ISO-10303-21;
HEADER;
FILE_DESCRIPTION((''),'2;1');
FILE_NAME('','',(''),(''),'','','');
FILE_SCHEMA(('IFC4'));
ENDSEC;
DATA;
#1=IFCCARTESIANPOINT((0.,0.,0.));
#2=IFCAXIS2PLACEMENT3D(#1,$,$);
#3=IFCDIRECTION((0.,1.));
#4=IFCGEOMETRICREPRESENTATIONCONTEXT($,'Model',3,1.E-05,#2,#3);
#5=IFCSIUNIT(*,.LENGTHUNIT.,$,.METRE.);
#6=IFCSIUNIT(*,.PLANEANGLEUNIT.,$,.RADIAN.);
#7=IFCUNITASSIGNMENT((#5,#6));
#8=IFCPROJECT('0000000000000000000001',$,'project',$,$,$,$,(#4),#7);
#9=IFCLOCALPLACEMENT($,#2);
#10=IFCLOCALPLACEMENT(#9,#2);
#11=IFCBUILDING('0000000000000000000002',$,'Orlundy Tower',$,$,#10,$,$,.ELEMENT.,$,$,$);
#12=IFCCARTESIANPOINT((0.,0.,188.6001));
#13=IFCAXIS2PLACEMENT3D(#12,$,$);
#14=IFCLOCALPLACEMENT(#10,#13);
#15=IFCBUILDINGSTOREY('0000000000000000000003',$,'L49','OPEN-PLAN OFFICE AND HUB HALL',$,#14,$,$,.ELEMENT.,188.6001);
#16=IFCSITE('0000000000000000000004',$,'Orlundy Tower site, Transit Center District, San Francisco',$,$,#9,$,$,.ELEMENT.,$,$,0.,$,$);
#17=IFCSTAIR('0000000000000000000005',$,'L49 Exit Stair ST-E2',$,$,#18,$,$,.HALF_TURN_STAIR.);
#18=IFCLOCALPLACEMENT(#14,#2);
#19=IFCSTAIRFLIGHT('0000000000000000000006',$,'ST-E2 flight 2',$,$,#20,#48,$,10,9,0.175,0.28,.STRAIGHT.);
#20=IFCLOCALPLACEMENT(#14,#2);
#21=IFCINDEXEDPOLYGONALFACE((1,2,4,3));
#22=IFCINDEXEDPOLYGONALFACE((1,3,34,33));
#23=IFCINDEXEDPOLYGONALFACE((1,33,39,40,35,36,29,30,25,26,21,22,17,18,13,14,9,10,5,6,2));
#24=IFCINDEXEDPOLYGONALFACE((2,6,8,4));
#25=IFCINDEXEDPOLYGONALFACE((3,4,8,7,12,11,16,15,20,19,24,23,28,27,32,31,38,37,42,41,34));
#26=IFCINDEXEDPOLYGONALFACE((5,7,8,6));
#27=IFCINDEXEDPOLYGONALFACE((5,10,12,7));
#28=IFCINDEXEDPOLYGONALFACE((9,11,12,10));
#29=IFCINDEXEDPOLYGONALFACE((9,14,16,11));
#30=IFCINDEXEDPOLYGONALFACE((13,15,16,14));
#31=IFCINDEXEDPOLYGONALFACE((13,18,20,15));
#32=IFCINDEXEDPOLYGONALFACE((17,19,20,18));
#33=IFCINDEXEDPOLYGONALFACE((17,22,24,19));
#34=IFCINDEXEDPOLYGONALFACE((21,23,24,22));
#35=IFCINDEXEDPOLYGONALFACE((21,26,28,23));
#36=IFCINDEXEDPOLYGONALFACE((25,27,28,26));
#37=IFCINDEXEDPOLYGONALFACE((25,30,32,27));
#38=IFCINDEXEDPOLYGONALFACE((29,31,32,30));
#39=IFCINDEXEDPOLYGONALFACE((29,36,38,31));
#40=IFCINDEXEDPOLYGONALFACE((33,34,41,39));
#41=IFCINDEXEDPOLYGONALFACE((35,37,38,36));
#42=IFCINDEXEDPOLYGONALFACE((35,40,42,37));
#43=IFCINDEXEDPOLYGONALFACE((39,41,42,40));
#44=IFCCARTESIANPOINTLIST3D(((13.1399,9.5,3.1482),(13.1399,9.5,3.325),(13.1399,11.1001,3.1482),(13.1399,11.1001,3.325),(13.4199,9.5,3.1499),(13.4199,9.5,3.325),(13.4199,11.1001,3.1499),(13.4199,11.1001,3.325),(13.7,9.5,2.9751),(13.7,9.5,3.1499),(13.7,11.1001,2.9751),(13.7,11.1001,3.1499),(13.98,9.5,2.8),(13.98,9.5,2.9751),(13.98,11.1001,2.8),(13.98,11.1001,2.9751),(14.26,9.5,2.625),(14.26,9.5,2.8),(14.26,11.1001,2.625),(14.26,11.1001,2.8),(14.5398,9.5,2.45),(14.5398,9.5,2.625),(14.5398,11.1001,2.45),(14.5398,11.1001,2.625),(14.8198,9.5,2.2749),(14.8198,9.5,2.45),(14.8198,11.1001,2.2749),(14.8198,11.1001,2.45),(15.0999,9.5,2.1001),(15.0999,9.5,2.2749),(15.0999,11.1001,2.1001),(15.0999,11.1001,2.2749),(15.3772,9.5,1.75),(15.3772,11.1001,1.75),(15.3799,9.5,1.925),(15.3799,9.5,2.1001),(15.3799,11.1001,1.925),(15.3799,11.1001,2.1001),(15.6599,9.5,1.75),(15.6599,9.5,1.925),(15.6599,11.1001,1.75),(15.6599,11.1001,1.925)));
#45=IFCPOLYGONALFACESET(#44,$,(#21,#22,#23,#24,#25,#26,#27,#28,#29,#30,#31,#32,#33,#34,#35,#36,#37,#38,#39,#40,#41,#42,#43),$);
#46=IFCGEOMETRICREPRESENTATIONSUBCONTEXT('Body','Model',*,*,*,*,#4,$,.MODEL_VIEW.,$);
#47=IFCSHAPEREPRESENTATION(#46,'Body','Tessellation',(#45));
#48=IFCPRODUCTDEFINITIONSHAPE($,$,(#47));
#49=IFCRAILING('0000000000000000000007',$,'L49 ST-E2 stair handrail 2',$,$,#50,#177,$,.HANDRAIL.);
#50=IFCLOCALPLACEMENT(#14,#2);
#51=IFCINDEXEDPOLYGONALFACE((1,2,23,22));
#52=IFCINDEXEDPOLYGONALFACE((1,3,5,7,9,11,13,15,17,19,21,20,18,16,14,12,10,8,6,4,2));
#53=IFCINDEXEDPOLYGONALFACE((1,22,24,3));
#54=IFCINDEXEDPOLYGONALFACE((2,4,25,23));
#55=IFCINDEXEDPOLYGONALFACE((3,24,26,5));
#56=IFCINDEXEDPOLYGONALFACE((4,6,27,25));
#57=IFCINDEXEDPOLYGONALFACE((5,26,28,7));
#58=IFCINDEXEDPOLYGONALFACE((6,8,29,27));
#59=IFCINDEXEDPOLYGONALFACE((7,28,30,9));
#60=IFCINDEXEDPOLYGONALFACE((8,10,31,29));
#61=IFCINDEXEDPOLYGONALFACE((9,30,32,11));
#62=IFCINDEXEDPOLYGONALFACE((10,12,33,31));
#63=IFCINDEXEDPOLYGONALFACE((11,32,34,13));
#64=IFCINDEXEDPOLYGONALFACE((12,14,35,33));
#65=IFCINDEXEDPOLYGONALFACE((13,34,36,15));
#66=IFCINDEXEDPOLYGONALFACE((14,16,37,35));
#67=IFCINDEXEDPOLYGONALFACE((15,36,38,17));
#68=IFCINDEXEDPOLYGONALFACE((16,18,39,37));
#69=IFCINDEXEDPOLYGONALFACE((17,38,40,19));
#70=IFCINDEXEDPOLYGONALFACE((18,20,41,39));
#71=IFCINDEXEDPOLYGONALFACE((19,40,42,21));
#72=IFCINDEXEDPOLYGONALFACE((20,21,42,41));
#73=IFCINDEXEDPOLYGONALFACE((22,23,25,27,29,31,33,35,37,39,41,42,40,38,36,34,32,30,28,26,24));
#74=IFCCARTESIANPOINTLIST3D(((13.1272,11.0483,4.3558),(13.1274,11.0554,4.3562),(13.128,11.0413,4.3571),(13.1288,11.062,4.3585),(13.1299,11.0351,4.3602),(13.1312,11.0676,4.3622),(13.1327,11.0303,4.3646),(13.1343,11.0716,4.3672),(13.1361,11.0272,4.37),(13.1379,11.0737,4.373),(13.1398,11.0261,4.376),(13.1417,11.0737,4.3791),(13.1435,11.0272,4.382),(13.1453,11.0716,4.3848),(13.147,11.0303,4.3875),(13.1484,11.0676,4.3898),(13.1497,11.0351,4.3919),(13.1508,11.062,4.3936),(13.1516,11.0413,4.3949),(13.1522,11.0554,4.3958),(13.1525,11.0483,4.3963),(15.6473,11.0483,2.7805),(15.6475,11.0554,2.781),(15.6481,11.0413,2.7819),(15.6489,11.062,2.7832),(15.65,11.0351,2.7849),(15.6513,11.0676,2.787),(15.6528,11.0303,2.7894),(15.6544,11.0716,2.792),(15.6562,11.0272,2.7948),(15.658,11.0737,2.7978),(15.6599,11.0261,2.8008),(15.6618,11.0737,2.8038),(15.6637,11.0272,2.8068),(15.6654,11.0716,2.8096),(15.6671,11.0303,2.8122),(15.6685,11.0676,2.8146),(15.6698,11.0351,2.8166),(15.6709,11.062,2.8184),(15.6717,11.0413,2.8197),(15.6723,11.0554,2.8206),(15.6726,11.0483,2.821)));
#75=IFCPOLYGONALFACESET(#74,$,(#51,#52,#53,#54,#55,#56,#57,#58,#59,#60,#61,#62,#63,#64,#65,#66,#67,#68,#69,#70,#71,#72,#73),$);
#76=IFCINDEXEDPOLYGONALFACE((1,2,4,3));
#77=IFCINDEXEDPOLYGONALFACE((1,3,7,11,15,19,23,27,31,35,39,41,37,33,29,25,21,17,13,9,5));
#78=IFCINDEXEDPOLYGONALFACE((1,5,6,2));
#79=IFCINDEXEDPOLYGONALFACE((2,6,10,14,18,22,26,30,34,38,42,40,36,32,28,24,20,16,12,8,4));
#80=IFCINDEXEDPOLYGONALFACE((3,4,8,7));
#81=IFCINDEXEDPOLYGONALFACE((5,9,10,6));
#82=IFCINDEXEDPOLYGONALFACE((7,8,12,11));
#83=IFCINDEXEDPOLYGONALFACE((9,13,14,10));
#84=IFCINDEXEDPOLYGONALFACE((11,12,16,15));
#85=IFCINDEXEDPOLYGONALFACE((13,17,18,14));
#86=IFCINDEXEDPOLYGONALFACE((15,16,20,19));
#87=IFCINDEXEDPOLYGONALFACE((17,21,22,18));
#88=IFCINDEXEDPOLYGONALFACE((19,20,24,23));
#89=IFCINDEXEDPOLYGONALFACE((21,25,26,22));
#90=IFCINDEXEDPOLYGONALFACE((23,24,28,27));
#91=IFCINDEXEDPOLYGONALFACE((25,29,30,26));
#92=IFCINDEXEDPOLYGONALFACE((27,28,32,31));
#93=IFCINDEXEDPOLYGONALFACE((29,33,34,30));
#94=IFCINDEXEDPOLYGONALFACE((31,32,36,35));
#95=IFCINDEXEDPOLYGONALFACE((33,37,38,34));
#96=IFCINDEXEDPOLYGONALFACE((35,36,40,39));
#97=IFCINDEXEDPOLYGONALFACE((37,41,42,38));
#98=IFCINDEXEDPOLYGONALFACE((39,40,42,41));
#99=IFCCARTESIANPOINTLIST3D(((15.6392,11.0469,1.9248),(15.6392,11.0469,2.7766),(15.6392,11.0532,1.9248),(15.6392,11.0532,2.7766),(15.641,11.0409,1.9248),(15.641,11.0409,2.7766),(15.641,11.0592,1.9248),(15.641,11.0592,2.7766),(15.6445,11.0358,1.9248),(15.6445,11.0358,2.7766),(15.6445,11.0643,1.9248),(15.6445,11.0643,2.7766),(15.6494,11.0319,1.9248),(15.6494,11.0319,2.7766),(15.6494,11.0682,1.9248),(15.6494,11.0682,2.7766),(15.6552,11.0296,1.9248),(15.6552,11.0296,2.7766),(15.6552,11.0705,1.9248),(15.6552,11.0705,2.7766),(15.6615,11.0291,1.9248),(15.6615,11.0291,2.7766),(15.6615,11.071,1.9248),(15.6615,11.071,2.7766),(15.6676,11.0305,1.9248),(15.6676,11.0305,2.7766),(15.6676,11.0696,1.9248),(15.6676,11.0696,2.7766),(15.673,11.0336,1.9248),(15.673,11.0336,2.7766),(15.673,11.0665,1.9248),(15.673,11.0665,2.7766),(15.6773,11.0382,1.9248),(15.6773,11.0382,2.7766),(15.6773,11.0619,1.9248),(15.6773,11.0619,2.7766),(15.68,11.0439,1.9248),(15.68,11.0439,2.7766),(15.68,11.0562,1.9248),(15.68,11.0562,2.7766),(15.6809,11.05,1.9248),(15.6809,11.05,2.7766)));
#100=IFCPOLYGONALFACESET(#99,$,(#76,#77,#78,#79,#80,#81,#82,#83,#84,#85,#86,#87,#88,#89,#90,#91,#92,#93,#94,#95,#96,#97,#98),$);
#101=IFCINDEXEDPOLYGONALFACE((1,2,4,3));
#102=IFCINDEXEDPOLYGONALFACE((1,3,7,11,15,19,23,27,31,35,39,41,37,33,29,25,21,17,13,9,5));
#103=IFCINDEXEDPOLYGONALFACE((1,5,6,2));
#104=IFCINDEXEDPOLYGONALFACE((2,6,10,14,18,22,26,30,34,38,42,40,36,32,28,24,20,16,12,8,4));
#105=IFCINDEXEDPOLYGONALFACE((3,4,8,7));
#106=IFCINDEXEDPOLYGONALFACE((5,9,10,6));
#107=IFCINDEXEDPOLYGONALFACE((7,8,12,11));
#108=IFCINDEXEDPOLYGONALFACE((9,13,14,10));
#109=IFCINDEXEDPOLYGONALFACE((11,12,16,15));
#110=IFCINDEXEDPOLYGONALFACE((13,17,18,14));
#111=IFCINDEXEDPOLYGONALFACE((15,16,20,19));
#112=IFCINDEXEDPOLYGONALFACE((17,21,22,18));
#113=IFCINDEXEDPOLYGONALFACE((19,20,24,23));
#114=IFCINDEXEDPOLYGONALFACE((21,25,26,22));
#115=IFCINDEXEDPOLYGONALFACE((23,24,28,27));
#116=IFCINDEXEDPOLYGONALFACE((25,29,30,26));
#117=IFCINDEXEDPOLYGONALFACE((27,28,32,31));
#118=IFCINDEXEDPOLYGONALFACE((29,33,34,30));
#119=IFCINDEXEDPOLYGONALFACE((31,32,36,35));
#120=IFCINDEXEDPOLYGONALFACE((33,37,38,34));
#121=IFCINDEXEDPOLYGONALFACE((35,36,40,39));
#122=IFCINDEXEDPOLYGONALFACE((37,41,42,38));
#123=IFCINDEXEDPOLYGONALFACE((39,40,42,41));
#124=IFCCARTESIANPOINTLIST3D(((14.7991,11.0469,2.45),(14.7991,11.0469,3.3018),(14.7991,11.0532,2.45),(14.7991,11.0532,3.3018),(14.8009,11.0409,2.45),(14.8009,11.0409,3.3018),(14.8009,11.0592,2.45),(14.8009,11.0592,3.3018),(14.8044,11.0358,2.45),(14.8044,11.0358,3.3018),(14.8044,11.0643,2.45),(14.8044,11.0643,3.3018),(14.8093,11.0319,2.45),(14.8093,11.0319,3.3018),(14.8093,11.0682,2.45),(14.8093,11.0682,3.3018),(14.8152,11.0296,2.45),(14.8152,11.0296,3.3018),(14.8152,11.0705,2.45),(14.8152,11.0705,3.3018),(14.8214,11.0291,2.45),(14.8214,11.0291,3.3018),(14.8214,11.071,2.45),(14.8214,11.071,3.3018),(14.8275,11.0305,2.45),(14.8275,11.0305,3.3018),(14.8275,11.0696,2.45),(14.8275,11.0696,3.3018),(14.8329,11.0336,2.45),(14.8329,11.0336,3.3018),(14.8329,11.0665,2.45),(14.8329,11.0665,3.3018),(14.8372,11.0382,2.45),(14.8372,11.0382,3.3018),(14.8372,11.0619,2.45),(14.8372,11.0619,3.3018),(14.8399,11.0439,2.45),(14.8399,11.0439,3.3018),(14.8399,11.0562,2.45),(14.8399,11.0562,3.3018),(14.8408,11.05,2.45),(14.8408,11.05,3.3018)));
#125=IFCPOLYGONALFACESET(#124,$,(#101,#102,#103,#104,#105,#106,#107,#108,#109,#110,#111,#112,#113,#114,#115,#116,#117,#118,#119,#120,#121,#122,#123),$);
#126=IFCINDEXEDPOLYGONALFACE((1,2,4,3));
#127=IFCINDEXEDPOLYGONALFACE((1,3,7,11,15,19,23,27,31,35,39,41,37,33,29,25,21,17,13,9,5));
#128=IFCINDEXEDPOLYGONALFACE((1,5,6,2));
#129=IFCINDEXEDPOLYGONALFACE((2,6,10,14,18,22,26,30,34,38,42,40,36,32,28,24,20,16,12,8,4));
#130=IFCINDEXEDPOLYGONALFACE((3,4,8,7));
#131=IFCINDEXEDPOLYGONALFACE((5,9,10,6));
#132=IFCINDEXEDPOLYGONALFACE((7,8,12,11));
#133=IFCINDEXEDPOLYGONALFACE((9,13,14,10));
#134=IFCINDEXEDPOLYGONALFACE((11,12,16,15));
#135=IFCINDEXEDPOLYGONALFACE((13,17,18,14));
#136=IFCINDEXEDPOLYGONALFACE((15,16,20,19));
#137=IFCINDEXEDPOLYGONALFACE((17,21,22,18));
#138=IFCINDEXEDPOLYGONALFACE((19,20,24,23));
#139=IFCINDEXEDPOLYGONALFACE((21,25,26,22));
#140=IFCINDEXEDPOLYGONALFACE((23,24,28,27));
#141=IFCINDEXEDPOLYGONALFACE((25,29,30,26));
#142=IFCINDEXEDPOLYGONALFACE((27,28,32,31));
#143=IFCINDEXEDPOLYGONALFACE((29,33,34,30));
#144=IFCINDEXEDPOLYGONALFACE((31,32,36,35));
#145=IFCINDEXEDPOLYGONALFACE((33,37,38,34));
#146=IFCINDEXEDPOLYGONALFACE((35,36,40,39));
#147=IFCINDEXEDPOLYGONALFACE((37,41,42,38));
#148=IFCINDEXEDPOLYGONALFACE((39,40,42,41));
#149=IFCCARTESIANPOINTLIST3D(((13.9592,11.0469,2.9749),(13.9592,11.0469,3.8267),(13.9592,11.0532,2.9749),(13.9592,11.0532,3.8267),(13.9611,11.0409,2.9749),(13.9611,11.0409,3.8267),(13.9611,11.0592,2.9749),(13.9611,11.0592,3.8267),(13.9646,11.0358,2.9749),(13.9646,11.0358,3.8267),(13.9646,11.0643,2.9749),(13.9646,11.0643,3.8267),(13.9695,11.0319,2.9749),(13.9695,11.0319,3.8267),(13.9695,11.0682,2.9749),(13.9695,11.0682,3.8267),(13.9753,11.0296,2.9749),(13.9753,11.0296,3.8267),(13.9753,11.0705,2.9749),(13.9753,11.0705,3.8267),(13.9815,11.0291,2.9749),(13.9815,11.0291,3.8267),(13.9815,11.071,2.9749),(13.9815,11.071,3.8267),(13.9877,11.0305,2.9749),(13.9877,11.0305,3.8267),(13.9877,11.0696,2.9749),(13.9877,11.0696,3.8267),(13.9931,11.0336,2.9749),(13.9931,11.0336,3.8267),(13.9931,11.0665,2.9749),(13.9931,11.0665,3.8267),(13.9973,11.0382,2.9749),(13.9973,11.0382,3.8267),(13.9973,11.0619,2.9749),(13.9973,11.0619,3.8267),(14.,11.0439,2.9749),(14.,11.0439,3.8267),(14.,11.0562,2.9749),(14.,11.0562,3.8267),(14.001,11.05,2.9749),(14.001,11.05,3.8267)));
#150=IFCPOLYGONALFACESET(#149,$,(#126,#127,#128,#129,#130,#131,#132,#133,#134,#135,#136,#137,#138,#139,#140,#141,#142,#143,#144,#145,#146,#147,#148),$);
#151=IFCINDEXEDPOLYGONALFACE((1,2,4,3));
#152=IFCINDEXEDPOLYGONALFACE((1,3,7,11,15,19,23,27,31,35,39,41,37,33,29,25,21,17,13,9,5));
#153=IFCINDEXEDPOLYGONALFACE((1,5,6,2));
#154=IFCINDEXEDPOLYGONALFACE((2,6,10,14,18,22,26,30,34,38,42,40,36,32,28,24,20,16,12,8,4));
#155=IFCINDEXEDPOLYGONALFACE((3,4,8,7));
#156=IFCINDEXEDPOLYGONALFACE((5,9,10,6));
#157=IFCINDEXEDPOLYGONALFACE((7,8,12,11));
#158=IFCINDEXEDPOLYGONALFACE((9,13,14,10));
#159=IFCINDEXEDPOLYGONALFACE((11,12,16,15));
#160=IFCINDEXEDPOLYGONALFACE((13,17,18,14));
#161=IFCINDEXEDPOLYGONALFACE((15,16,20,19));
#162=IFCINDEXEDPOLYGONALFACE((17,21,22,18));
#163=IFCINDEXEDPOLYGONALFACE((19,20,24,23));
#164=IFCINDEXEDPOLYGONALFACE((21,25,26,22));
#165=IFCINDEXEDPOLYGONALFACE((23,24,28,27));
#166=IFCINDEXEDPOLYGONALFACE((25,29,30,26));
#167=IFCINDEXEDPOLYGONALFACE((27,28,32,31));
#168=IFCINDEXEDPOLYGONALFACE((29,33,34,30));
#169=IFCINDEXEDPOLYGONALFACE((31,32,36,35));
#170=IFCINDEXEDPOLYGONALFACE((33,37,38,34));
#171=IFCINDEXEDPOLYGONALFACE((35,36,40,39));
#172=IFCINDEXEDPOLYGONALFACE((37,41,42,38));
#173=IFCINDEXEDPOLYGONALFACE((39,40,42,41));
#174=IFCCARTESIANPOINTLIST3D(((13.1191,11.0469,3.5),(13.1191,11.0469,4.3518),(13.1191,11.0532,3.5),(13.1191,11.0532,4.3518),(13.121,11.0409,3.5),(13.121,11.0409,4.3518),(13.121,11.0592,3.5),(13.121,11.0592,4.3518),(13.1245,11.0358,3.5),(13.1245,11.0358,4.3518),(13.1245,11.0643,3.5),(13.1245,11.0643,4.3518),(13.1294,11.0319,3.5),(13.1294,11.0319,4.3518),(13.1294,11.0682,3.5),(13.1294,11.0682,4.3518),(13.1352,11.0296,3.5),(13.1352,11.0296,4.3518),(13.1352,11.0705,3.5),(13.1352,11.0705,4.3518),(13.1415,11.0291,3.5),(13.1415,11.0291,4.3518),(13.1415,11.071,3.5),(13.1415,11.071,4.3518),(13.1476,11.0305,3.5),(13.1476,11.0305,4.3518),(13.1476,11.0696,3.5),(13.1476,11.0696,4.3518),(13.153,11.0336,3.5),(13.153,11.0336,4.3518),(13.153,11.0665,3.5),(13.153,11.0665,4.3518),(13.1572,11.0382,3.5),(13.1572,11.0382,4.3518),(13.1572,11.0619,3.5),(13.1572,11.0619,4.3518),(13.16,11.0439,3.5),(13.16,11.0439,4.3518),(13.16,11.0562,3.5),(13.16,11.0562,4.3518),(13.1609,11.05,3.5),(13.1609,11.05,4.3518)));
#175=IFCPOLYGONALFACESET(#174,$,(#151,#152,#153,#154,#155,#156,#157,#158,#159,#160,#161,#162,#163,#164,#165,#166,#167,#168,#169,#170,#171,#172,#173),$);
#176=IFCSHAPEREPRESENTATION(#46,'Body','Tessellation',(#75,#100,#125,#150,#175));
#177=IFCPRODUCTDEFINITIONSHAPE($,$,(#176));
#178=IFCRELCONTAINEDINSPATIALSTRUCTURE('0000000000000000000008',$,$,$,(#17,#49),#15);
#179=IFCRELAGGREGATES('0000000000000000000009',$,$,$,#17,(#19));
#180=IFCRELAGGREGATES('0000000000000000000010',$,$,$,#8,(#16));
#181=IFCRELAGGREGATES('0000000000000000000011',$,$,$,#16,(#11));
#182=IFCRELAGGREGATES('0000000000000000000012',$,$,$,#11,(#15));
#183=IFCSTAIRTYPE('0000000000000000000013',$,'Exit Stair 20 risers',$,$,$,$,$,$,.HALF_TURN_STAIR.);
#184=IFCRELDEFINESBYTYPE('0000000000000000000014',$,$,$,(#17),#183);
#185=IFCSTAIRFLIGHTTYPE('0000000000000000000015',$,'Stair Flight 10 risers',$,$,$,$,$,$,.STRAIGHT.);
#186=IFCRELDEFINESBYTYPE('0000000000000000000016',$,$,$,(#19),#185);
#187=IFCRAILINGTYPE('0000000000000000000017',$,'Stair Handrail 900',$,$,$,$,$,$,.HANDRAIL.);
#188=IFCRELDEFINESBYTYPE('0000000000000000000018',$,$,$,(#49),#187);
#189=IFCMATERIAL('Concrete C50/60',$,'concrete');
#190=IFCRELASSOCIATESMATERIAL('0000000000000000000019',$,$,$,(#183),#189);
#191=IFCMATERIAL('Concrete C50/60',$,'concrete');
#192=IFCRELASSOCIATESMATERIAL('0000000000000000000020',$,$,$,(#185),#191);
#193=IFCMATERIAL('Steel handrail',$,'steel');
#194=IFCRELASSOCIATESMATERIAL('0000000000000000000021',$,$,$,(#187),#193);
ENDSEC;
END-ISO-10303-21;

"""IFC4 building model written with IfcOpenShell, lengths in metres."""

from ifc_helpers import new_model, si_unit, direction, frame, origin, origin_2d, place, context, subcontext, project, spatial, polyline, circle, outline, extrude, material, type_object, element, aggregate, save


model = new_model("IFC4")

# Units and contexts
model_context = context("Model", 3, precision=1e-05, world=origin(), true_north=direction((0.0, 1.0)))
body_context = subcontext(model_context, "Body", "Model", "MODEL_VIEW")
ifc_project = project(units=[si_unit("LENGTHUNIT", "METRE"), si_unit("PLANEANGLEUNIT", "RADIAN")], contexts=[model_context])

# Site, building, storey
site_placement = place(None, origin())
site = spatial("IfcSite", under=ifc_project, at=site_placement, Name="Orlundy Tower site, Transit Center District, San Francisco", CompositionType="ELEMENT", RefElevation=0.0)
building_placement = place(site_placement, origin())
building = spatial("IfcBuilding", under=site, at=building_placement, Name="Orlundy Tower", CompositionType="ELEMENT")
storey_placement = place(building_placement, frame((0.0, 0.0, 188.6001)))
storey = spatial("IfcBuildingStorey", under=building, at=storey_placement, Name="L49", Description="OPEN-PLAN OFFICE AND HUB HALL", CompositionType="ELEMENT", Elevation=188.6001)

# Stair, stair flight
ifc_material_1 = material(Name="Concrete C50/60", Category="concrete")
stair_type = type_object("IfcStairType", Name="Exit Stair 20 risers", PredefinedType="HALF_TURN_STAIR", material=ifc_material_1)
stair_placement = place(storey_placement, origin())
stair = element("IfcStair", 1, at=stair_placement, inside=storey, type_object=stair_type, Name="L49 Exit Stair ST-E2", PredefinedType="HALF_TURN_STAIR")
ifc_material_2 = material(Name="Concrete C50/60", Category="concrete")
stair_flight_type = type_object("IfcStairFlightType", Name="Stair Flight 10 risers", PredefinedType="STRAIGHT", material=ifc_material_2)
stair_flight_placement = place(storey_placement, frame((15.6599, 10.3, 1.75), z_axis=(0.0, 0.0, 1.0), x_axis=(-1.0, 0.0, 0.0)))
stair_flight = element("IfcStairFlight", 2, at=stair_flight_placement, type_object=stair_flight_type, Name="ST-E2 flight 2", NumberOfRisers=10, NumberOfTreads=9, PredefinedType="STRAIGHT", RiserHeight=0.175, TreadLength=0.28, context=body_context, shape_type="SweptSolid", body=[
    extrude(outline(polyline([(0.0, 0.0), (0.0, 0.175), (0.28, 0.175), (0.28, 0.3501), (0.5601, 0.3501), (0.5601, 0.5249), (0.8401, 0.5249), (0.8401, 0.7), (1.1201, 0.7), (1.1201, 0.875), (1.3999, 0.875), (1.3999, 1.05), (1.6799, 1.05), (1.6799, 1.2251), (1.96, 1.2251), (1.96, 1.3999), (2.24, 1.3999), (2.24, 1.575), (2.52, 1.575), (2.52, 1.75), (2.52, 1.3982), (0.2827, 0.0), (0.0, 0.0)])), frame((0.0, 0.8, 0.0), z_axis=(0.0, -1.0, 0.0), x_axis=(1.0, 0.0, 0.0)), (0.0, 0.0, 1.0), 1.6001),
])
aggregate(stair, [stair_flight])

# Railing
ifc_material_3 = material(Name="Steel handrail", Category="steel")
railing_type_1 = type_object("IfcRailingType", Name="Stair Handrail 900", PredefinedType="HANDRAIL", material=ifc_material_3)
railing_1_placement = place(storey_placement, frame((15.6599, 11.05, 1.9248)))
element("IfcRailing", 3, at=railing_1_placement, inside=storey, type_object=railing_type_1, Name="L49 ST-E2 stair handrail 2", PredefinedType="HANDRAIL", context=body_context, shape_type="SweptSolid", body=[
    extrude(circle(Radius=0.0239, at=origin_2d()), frame((0.0, 0.0, 0.876), z_axis=(-0.847971, 0.0, 0.530043), x_axis=(0.0, -1.0, 0.0)), (0.0, 0.0, 1.0), 2.9719),
    extrude(circle(Radius=0.021, at=origin_2d()), origin(), (0.0, 0.0, 1.0), 0.8518),
    extrude(circle(Radius=0.021, at=origin_2d()), frame((-0.8401, 0.0, 0.5251)), (0.0, 0.0, 1.0), 0.8518),
    extrude(circle(Radius=0.021, at=origin_2d()), frame((-1.6799, 0.0, 1.05)), (0.0, 0.0, 1.0), 0.8518),
    extrude(circle(Radius=0.021, at=origin_2d()), frame((-2.52, 0.0, 1.5752)), (0.0, 0.0, 1.0), 0.8518),
])

save(model, "model.ifc")
